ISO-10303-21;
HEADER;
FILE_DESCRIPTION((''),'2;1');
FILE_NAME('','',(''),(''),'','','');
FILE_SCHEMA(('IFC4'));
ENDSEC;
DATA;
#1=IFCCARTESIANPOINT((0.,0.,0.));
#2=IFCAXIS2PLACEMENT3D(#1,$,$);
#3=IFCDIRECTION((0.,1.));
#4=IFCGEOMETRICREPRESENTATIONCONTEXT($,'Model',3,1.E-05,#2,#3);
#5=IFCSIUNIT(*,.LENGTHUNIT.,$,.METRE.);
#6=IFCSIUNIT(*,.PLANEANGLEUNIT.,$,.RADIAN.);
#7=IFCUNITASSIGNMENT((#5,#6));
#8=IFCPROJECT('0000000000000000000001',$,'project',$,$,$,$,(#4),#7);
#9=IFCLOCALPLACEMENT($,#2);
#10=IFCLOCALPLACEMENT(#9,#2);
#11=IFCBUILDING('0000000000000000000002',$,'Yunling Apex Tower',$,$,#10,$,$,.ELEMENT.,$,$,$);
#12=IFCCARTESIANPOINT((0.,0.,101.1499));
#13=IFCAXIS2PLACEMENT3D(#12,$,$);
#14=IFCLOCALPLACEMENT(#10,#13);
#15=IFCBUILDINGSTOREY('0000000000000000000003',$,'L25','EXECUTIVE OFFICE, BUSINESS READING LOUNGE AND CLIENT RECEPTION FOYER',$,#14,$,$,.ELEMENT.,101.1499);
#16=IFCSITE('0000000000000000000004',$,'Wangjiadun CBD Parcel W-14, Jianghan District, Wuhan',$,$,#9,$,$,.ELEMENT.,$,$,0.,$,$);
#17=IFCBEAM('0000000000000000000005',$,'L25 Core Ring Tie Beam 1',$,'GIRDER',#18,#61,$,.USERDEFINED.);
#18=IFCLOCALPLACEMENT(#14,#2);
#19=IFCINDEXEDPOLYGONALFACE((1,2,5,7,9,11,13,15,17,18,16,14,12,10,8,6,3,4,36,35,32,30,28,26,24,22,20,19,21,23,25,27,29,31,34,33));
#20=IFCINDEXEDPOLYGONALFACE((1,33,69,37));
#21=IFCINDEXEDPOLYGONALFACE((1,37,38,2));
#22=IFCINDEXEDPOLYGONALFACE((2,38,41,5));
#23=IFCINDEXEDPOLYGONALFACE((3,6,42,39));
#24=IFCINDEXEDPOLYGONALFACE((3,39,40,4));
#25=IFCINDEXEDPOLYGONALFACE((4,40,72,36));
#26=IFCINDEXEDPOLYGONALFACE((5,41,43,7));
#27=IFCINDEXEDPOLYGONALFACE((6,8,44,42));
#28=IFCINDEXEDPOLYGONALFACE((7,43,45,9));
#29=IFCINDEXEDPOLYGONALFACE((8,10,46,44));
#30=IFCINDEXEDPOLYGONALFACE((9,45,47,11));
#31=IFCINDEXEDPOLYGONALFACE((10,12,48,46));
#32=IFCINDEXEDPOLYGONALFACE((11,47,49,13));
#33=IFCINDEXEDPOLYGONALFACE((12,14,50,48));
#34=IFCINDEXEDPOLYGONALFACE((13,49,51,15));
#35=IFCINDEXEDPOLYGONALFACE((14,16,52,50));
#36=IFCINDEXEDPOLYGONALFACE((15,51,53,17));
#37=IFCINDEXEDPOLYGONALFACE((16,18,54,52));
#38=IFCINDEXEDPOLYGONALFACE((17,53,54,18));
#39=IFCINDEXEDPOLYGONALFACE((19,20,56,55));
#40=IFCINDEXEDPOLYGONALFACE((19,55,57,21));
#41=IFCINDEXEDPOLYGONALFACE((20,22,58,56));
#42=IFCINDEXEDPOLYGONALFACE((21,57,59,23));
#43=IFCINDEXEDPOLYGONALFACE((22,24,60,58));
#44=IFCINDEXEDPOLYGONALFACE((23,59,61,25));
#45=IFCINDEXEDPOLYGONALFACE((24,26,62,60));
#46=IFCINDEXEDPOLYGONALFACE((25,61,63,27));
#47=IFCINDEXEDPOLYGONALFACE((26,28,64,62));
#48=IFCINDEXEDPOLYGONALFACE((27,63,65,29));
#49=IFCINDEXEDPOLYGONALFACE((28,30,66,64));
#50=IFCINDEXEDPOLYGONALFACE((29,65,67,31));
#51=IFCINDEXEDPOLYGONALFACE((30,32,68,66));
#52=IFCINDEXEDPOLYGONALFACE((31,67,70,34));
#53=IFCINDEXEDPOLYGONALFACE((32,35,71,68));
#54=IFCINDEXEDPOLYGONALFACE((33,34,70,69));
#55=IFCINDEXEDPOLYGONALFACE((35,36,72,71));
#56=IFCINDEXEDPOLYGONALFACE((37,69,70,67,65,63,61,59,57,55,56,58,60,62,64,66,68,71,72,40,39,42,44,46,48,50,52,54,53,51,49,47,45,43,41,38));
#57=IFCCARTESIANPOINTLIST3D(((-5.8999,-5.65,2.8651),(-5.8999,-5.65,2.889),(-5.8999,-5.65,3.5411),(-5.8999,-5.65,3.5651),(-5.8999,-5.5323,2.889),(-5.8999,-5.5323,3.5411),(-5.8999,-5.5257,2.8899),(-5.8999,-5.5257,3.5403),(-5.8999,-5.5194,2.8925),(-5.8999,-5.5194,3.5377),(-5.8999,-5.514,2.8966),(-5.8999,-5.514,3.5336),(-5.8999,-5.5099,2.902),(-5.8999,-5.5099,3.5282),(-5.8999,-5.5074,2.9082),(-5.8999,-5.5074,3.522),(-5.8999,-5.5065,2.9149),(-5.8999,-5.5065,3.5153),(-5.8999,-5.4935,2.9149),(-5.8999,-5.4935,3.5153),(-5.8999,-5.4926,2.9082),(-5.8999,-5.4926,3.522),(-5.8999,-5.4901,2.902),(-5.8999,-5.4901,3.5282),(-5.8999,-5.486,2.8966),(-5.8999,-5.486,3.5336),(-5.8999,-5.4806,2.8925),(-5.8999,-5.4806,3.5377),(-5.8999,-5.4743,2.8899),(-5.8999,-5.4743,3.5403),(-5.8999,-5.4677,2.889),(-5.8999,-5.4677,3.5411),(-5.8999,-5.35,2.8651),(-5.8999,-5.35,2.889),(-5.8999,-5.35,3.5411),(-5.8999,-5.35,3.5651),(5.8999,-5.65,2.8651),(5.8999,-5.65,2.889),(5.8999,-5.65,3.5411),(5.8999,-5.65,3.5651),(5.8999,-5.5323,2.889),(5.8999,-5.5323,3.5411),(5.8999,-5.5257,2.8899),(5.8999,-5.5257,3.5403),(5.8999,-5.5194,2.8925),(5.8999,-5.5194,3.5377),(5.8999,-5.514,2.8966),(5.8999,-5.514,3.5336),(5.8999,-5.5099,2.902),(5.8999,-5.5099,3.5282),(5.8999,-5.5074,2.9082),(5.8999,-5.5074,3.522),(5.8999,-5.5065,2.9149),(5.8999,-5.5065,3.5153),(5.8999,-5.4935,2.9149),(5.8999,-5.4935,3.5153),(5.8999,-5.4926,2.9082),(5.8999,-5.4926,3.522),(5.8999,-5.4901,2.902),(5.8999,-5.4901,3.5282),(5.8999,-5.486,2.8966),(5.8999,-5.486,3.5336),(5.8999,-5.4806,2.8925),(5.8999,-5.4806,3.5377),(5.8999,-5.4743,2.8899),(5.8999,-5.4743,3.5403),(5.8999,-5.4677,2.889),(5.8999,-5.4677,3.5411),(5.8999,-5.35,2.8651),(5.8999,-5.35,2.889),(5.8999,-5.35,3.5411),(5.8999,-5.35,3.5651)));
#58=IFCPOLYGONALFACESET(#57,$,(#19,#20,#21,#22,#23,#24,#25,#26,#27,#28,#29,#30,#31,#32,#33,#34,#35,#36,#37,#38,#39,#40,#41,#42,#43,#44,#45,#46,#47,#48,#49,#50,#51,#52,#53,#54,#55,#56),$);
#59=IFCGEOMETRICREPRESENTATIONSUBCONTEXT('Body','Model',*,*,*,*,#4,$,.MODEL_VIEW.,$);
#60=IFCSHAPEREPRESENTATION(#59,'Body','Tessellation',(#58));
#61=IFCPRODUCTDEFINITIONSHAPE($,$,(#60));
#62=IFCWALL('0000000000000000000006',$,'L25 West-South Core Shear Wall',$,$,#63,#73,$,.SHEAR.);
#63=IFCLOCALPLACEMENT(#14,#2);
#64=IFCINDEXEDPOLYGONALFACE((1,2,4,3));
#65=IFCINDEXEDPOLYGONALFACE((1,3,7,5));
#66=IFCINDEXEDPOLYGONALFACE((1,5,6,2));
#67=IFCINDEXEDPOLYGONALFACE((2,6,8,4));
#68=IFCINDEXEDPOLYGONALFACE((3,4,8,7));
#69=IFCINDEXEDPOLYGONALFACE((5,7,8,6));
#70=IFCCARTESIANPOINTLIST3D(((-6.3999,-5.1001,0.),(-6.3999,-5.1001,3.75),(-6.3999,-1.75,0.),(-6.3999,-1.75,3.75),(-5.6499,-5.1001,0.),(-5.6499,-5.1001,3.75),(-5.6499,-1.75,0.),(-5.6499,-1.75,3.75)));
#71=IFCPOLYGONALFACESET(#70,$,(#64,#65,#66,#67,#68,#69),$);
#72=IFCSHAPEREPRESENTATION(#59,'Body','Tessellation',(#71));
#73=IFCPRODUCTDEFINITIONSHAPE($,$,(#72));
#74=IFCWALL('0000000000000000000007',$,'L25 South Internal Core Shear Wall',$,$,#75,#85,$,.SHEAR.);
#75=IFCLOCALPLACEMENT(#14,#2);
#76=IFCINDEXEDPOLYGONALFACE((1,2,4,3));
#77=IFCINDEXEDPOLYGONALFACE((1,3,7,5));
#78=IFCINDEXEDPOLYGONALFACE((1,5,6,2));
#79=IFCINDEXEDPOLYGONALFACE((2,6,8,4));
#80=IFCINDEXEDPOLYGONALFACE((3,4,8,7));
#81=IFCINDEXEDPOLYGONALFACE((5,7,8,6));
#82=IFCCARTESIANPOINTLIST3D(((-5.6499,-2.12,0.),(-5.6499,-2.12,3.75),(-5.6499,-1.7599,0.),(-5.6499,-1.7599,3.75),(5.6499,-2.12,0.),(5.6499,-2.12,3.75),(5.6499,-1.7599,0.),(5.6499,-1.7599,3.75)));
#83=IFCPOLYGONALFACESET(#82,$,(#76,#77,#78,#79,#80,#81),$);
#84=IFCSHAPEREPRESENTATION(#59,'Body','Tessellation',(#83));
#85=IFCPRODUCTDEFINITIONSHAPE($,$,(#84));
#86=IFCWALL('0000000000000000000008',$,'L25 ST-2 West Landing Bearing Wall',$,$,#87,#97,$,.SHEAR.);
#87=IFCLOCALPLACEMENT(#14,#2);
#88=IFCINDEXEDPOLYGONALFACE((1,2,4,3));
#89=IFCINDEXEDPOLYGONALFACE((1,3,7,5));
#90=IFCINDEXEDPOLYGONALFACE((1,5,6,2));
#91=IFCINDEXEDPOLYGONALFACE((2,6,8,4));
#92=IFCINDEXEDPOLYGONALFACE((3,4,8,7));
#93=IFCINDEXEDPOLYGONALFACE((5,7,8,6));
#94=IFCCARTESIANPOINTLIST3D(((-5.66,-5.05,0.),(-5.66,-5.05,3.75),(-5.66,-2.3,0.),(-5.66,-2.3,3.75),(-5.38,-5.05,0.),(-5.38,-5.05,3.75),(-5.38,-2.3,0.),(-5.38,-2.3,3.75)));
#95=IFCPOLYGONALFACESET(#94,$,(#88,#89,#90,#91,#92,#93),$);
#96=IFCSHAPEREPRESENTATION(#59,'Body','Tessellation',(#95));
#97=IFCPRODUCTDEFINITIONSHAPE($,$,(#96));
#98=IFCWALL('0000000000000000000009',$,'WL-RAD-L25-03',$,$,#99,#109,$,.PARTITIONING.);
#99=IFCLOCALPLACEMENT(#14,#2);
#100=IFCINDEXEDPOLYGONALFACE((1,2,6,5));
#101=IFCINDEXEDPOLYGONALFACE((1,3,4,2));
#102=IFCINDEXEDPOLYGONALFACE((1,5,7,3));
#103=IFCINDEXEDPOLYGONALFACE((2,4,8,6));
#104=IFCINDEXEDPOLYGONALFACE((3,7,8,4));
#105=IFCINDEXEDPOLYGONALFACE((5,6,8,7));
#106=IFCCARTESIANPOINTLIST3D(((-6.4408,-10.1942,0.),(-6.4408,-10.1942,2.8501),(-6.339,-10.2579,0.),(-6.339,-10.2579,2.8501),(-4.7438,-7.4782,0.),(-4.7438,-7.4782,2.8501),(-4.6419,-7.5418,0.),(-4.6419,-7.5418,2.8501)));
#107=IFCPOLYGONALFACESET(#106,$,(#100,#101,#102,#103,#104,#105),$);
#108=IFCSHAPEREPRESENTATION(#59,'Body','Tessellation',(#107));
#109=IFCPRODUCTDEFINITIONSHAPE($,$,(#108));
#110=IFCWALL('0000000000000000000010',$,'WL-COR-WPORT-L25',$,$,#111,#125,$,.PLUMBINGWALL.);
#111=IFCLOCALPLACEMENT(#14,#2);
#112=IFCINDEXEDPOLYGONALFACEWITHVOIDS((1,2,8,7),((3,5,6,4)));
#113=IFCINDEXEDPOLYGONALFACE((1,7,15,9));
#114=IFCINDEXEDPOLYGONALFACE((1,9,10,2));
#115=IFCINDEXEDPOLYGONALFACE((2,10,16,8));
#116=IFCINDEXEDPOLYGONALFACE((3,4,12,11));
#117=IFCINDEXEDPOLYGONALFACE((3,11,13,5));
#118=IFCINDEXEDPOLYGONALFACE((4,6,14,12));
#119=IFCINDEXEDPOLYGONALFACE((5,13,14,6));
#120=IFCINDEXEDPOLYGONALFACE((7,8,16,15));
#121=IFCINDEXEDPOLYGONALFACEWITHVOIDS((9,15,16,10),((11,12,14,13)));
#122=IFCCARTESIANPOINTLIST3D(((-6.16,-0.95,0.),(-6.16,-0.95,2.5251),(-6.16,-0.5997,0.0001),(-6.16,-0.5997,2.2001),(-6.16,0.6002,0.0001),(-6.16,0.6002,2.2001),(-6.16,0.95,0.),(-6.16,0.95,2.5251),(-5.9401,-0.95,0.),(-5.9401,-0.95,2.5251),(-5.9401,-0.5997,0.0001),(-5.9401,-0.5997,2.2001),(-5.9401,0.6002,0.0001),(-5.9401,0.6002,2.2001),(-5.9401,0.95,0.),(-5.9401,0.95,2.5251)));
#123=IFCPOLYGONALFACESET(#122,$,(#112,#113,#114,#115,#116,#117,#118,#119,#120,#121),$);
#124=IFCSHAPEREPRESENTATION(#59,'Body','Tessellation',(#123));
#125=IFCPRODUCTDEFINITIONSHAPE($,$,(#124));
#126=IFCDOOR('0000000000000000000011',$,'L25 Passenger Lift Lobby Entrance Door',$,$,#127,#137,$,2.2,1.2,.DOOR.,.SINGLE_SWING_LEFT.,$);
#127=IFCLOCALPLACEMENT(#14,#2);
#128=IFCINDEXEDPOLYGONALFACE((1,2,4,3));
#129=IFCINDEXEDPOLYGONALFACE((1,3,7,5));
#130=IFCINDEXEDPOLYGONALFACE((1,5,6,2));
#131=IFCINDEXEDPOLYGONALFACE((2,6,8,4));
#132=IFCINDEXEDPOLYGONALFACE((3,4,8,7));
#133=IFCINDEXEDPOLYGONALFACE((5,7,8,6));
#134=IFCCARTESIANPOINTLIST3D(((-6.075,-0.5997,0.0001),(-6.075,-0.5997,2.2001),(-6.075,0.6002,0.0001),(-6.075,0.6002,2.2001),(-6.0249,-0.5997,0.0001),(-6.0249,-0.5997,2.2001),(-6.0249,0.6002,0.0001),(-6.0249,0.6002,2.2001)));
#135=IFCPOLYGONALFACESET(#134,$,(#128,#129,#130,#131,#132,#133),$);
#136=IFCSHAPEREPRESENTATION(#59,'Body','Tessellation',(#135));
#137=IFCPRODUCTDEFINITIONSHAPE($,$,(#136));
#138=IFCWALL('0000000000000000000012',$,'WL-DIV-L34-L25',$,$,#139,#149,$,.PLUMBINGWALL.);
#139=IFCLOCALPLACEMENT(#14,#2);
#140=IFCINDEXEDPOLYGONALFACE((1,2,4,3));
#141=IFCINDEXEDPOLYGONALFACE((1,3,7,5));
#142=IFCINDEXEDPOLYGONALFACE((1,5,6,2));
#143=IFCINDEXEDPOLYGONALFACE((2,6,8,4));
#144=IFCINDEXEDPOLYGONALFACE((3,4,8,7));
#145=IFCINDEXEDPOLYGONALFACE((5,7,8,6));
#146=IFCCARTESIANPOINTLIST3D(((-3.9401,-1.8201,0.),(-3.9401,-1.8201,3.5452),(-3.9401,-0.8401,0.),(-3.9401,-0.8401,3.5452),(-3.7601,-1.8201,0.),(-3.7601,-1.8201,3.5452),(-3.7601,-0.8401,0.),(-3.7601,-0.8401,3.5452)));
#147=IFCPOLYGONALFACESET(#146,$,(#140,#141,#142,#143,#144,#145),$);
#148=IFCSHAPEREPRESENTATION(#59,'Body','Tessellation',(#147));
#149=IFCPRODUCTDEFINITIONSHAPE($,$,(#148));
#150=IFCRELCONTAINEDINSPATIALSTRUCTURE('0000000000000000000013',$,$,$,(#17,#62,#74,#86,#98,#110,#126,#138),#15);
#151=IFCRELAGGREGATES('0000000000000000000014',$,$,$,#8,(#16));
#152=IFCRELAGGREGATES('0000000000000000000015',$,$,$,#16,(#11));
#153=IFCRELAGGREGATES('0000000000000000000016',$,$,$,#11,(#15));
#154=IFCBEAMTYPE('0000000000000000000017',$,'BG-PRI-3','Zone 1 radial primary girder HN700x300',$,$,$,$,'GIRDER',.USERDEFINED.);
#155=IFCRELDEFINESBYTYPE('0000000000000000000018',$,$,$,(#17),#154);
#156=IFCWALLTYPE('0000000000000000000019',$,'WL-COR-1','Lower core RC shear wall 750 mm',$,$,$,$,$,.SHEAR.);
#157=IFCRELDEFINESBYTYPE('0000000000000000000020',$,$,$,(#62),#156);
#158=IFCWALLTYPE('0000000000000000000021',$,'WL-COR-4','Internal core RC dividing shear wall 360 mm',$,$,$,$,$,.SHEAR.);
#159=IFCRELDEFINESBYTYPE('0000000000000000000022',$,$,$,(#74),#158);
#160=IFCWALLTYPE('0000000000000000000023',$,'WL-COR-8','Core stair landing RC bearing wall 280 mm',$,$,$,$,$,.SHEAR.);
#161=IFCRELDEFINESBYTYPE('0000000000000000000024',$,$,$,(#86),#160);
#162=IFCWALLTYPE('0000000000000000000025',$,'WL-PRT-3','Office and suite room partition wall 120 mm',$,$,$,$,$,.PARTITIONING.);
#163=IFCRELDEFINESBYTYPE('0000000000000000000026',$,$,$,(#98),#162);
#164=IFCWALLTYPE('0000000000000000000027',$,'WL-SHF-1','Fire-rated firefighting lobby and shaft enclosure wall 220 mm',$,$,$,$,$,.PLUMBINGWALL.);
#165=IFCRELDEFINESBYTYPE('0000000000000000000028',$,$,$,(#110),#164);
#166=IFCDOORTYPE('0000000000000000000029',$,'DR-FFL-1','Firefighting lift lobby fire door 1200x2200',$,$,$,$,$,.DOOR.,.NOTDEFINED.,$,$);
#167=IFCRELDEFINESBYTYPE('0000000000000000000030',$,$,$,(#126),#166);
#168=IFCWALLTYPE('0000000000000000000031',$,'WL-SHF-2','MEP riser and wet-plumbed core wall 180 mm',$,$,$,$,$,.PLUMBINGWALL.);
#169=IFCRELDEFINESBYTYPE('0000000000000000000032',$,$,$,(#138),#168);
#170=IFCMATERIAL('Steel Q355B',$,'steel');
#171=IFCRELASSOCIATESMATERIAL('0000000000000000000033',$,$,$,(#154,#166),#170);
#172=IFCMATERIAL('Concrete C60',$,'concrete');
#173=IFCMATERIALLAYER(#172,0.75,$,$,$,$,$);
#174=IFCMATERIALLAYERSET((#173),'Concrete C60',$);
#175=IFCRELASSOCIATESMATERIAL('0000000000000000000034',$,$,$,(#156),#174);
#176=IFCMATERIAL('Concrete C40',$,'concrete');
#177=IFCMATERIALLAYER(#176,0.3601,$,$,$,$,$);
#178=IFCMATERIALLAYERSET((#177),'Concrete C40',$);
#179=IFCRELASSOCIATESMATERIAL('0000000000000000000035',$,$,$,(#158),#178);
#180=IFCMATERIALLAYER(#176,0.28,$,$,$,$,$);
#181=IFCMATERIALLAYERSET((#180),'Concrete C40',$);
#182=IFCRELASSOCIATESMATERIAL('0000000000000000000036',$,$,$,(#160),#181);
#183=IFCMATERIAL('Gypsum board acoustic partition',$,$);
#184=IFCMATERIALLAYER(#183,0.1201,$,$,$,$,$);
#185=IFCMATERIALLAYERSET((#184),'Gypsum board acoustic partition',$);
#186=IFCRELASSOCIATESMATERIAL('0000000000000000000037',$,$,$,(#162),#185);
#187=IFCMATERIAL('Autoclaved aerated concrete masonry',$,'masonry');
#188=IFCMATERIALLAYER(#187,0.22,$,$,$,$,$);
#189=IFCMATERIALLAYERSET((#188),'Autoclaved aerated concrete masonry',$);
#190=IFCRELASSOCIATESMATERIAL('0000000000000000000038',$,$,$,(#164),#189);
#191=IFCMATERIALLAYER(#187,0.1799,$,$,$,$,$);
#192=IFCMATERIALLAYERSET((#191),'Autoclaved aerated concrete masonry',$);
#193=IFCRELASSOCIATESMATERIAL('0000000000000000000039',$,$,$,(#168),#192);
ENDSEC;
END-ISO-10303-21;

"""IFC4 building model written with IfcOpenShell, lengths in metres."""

from ifc_helpers import new_model, si_unit, direction, frame, frame_2d, origin, origin_2d, place, context, subcontext, project, spatial, rectangle, i_section, extrude, source, transform, mapped, material, layer, layer_set, material_profile, profile_set, type_object, element, fill, save


model = new_model("IFC4")

# Units and contexts
model_context = context("Model", 3, precision=1e-05, world=origin(), true_north=direction((0.0, 1.0)))
body_context = subcontext(model_context, "Body", "Model", "MODEL_VIEW")
ifc_project = project(units=[si_unit("LENGTHUNIT", "METRE"), si_unit("PLANEANGLEUNIT", "RADIAN")], contexts=[model_context])

# Site, building, storey
site_placement = place(None, origin())
site = spatial("IfcSite", under=ifc_project, at=site_placement, Name="Wangjiadun CBD Parcel W-14, Jianghan District, Wuhan", CompositionType="ELEMENT", RefElevation=0.0)
building_placement = place(site_placement, origin())
building = spatial("IfcBuilding", under=site, at=building_placement, Name="Yunling Apex Tower", CompositionType="ELEMENT")
storey_placement = place(building_placement, frame((0.0, 0.0, 101.1499)))
storey = spatial("IfcBuildingStorey", under=building, at=storey_placement, Name="L25", Description="EXECUTIVE OFFICE, BUSINESS READING LOUNGE AND CLIENT RECEPTION FOYER", CompositionType="ELEMENT", Elevation=101.1499)

# Shared definitions
ifc_material_1 = material(Name="Concrete C60", Category="concrete")

# Beam
ifc_material_2 = material(Name="Steel Q355B", Category="steel")
ifc_material_profile_1 = material_profile(ifc_material_2, i_section(OverallWidth=0.3, OverallDepth=0.7, WebThickness=0.0129, FlangeThickness=0.0239, FilletRadius=0.0259, at=origin_2d()))
ifc_profile_set_1 = profile_set([ifc_material_profile_1], Name="Steel Q355B")
beam_type_1 = type_object("IfcBeamType", Name="BG-PRI-3", Description="Zone 1 radial primary girder HN700x300", ElementType="GIRDER", PredefinedType="USERDEFINED", material=ifc_profile_set_1)
shared_shape_1 = source(origin(), body_context, "Body", "SweptSolid", [
    extrude(i_section(OverallWidth=0.3, OverallDepth=0.7, WebThickness=0.0129, FlangeThickness=0.0239, FilletRadius=0.0259, at=origin_2d()), origin(), (0.0, 0.0, 1.0), 11.7998),
])
beam_1_placement = place(storey_placement, frame((-5.8999, -5.5, 3.2151), z_axis=(1.0, 0.0, 0.0), x_axis=(0.0, 1.0, 0.0)))
element("IfcBeam", 1, at=beam_1_placement, inside=storey, type_object=beam_type_1, Name="L25 Core Ring Tie Beam 1", ObjectType="GIRDER", PredefinedType="USERDEFINED", context=body_context, shape_type="MappedRepresentation", body=[
    mapped(shared_shape_1, transform((0.0, 0.0, 0.0), scale=1.0)),
])

# Walls
ifc_layer_1 = layer(ifc_material_1, 0.75)
ifc_layer_set_1 = layer_set([ifc_layer_1], Name="Concrete C60")
wall_type_1 = type_object("IfcWallType", Name="WL-COR-1", Description="Lower core RC shear wall 750 mm", PredefinedType="SHEAR", material=ifc_layer_set_1)
wall_1_placement = place(storey_placement, frame((-6.0249, -5.1001, 0.0), z_axis=(0.0, 0.0, 1.0), x_axis=(0.0, 1.0, 0.0)))
element("IfcWall", 2, at=wall_1_placement, inside=storey, type_object=wall_type_1, Name="L25 West-South Core Shear Wall", PredefinedType="SHEAR", context=body_context, shape_type="SweptSolid", body=[
    extrude(rectangle(XDim=3.3501, YDim=0.75, at=frame_2d((1.675, 0.0))), origin(), (0.0, 0.0, 1.0), 3.75),
])
ifc_material_3 = material(Name="Concrete C40", Category="concrete")
ifc_layer_2 = layer(ifc_material_3, 0.3601)
ifc_layer_set_2 = layer_set([ifc_layer_2], Name="Concrete C40")
wall_type_2 = type_object("IfcWallType", Name="WL-COR-4", Description="Internal core RC dividing shear wall 360 mm", PredefinedType="SHEAR", material=ifc_layer_set_2)
wall_2_placement = place(storey_placement, frame((-5.6499, -1.9399, 0.0), z_axis=(0.0, 0.0, 1.0), x_axis=(1.0, 0.0, 0.0)))
element("IfcWall", 3, at=wall_2_placement, inside=storey, type_object=wall_type_2, Name="L25 South Internal Core Shear Wall", PredefinedType="SHEAR", context=body_context, shape_type="SweptSolid", body=[
    extrude(rectangle(XDim=11.2998, YDim=0.3601, at=frame_2d((5.6499, 0.0))), origin(), (0.0, 0.0, 1.0), 3.75),
])
ifc_layer_3 = layer(ifc_material_3, 0.28)
ifc_layer_set_3 = layer_set([ifc_layer_3], Name="Concrete C40")
wall_type_3 = type_object("IfcWallType", Name="WL-COR-8", Description="Core stair landing RC bearing wall 280 mm", PredefinedType="SHEAR", material=ifc_layer_set_3)
wall_3_placement = place(storey_placement, frame((-5.52, -5.05, 0.0), z_axis=(0.0, 0.0, 1.0), x_axis=(0.0, 1.0, 0.0)))
element("IfcWall", 4, at=wall_3_placement, inside=storey, type_object=wall_type_3, Name="L25 ST-2 West Landing Bearing Wall", PredefinedType="SHEAR", context=body_context, shape_type="SweptSolid", body=[
    extrude(rectangle(XDim=2.75, YDim=0.28, at=frame_2d((1.375, 0.0))), origin(), (0.0, 0.0, 1.0), 3.75),
])
ifc_material_4 = material(Name="Gypsum board acoustic partition")
ifc_layer_4 = layer(ifc_material_4, 0.1201)
ifc_layer_set_4 = layer_set([ifc_layer_4], Name="Gypsum board acoustic partition")
wall_type_4 = type_object("IfcWallType", Name="WL-PRT-3", Description="Office and suite room partition wall 120 mm", PredefinedType="PARTITIONING", material=ifc_layer_set_4)
wall_4_placement = place(storey_placement, frame((-4.6929, -7.51, 0.0), z_axis=(0.0, 0.0, 1.0), x_axis=(-0.529882, -0.848071, 0.0)))
element("IfcWall", 5, at=wall_4_placement, inside=storey, type_object=wall_type_4, Name="WL-RAD-L25-03", PredefinedType="PARTITIONING", context=body_context, shape_type="SweptSolid", body=[
    extrude(rectangle(XDim=3.2026, YDim=0.1201, at=frame_2d((1.6013, 0.0))), origin(), (0.0, 0.0, 1.0), 2.8501),
])

# Wall, opening, door
ifc_material_5 = material(Name="Autoclaved aerated concrete masonry", Category="masonry")
ifc_layer_5 = layer(ifc_material_5, 0.22)
ifc_layer_set_5 = layer_set([ifc_layer_5], Name="Autoclaved aerated concrete masonry")
wall_type_5 = type_object("IfcWallType", Name="WL-SHF-1", Description="Fire-rated firefighting lobby and shaft enclosure wall 220 mm", PredefinedType="PLUMBINGWALL", material=ifc_layer_set_5)
wall_5_placement = place(storey_placement, frame((-6.05, -0.95, 0.0), z_axis=(0.0, 0.0, 1.0), x_axis=(0.0, 1.0, 0.0)))
wall_5 = element("IfcWall", 6, at=wall_5_placement, inside=storey, type_object=wall_type_5, Name="WL-COR-WPORT-L25", PredefinedType="PLUMBINGWALL", context=body_context, shape_type="SweptSolid", body=[
    extrude(rectangle(XDim=1.8999, YDim=0.22, at=frame_2d((0.95, 0.0))), origin(), (0.0, 0.0, 1.0), 2.5251),
])
opening_1_placement = place(wall_5_placement, frame((0.3501, 0.0, 0.0)))
opening_1 = element("IfcOpeningElement", 7, at=opening_1_placement, cuts=wall_5, PredefinedType="OPENING", context=body_context, shape_type="SweptSolid", body=[
    extrude(rectangle(XDim=1.2, YDim=2.2, at=frame_2d((0.6001, 1.1001))), frame((0.0, 0.1201, 0.0), z_axis=(0.0, -1.0, 0.0), x_axis=(1.0, 0.0, 0.0)), (0.0, 0.0, 1.0), 0.24),
])
door_type_1 = type_object("IfcDoorType", Name="DR-FFL-1", Description="Firefighting lift lobby fire door 1200x2200", OperationType="NOTDEFINED", PredefinedType="DOOR", material=ifc_material_2)
door_1_placement = place(opening_1_placement, origin())
door_1 = element("IfcDoor", 8, at=door_1_placement, inside=storey, type_object=door_type_1, Name="L25 Passenger Lift Lobby Entrance Door", OperationType="SINGLE_SWING_LEFT", OverallHeight=2.2, OverallWidth=1.2, PredefinedType="DOOR", context=body_context, shape_type="SweptSolid", body=[
    extrude(rectangle(XDim=1.2, YDim=2.2, at=frame_2d((0.6001, 1.1001))), frame((0.0, 0.0249, 0.0), z_axis=(0.0, -1.0, 0.0), x_axis=(1.0, 0.0, 0.0)), (0.0, 0.0, 1.0), 0.05),
])
fill(opening_1, door_1)

# Wall
ifc_layer_6 = layer(ifc_material_5, 0.1799)
ifc_layer_set_6 = layer_set([ifc_layer_6], Name="Autoclaved aerated concrete masonry")
wall_type_6 = type_object("IfcWallType", Name="WL-SHF-2", Description="MEP riser and wet-plumbed core wall 180 mm", PredefinedType="PLUMBINGWALL", material=ifc_layer_set_6)
wall_6_placement = place(storey_placement, frame((-3.8501, -1.8201, 0.0), z_axis=(0.0, 0.0, 1.0), x_axis=(0.0, 1.0, 0.0)))
element("IfcWall", 9, at=wall_6_placement, inside=storey, type_object=wall_type_6, Name="WL-DIV-L34-L25", PredefinedType="PLUMBINGWALL", context=body_context, shape_type="SweptSolid", body=[
    extrude(rectangle(XDim=0.98, YDim=0.1799, at=frame_2d((0.49, 0.0))), origin(), (0.0, 0.0, 1.0), 3.5452),
])

save(model, "model.ifc")
